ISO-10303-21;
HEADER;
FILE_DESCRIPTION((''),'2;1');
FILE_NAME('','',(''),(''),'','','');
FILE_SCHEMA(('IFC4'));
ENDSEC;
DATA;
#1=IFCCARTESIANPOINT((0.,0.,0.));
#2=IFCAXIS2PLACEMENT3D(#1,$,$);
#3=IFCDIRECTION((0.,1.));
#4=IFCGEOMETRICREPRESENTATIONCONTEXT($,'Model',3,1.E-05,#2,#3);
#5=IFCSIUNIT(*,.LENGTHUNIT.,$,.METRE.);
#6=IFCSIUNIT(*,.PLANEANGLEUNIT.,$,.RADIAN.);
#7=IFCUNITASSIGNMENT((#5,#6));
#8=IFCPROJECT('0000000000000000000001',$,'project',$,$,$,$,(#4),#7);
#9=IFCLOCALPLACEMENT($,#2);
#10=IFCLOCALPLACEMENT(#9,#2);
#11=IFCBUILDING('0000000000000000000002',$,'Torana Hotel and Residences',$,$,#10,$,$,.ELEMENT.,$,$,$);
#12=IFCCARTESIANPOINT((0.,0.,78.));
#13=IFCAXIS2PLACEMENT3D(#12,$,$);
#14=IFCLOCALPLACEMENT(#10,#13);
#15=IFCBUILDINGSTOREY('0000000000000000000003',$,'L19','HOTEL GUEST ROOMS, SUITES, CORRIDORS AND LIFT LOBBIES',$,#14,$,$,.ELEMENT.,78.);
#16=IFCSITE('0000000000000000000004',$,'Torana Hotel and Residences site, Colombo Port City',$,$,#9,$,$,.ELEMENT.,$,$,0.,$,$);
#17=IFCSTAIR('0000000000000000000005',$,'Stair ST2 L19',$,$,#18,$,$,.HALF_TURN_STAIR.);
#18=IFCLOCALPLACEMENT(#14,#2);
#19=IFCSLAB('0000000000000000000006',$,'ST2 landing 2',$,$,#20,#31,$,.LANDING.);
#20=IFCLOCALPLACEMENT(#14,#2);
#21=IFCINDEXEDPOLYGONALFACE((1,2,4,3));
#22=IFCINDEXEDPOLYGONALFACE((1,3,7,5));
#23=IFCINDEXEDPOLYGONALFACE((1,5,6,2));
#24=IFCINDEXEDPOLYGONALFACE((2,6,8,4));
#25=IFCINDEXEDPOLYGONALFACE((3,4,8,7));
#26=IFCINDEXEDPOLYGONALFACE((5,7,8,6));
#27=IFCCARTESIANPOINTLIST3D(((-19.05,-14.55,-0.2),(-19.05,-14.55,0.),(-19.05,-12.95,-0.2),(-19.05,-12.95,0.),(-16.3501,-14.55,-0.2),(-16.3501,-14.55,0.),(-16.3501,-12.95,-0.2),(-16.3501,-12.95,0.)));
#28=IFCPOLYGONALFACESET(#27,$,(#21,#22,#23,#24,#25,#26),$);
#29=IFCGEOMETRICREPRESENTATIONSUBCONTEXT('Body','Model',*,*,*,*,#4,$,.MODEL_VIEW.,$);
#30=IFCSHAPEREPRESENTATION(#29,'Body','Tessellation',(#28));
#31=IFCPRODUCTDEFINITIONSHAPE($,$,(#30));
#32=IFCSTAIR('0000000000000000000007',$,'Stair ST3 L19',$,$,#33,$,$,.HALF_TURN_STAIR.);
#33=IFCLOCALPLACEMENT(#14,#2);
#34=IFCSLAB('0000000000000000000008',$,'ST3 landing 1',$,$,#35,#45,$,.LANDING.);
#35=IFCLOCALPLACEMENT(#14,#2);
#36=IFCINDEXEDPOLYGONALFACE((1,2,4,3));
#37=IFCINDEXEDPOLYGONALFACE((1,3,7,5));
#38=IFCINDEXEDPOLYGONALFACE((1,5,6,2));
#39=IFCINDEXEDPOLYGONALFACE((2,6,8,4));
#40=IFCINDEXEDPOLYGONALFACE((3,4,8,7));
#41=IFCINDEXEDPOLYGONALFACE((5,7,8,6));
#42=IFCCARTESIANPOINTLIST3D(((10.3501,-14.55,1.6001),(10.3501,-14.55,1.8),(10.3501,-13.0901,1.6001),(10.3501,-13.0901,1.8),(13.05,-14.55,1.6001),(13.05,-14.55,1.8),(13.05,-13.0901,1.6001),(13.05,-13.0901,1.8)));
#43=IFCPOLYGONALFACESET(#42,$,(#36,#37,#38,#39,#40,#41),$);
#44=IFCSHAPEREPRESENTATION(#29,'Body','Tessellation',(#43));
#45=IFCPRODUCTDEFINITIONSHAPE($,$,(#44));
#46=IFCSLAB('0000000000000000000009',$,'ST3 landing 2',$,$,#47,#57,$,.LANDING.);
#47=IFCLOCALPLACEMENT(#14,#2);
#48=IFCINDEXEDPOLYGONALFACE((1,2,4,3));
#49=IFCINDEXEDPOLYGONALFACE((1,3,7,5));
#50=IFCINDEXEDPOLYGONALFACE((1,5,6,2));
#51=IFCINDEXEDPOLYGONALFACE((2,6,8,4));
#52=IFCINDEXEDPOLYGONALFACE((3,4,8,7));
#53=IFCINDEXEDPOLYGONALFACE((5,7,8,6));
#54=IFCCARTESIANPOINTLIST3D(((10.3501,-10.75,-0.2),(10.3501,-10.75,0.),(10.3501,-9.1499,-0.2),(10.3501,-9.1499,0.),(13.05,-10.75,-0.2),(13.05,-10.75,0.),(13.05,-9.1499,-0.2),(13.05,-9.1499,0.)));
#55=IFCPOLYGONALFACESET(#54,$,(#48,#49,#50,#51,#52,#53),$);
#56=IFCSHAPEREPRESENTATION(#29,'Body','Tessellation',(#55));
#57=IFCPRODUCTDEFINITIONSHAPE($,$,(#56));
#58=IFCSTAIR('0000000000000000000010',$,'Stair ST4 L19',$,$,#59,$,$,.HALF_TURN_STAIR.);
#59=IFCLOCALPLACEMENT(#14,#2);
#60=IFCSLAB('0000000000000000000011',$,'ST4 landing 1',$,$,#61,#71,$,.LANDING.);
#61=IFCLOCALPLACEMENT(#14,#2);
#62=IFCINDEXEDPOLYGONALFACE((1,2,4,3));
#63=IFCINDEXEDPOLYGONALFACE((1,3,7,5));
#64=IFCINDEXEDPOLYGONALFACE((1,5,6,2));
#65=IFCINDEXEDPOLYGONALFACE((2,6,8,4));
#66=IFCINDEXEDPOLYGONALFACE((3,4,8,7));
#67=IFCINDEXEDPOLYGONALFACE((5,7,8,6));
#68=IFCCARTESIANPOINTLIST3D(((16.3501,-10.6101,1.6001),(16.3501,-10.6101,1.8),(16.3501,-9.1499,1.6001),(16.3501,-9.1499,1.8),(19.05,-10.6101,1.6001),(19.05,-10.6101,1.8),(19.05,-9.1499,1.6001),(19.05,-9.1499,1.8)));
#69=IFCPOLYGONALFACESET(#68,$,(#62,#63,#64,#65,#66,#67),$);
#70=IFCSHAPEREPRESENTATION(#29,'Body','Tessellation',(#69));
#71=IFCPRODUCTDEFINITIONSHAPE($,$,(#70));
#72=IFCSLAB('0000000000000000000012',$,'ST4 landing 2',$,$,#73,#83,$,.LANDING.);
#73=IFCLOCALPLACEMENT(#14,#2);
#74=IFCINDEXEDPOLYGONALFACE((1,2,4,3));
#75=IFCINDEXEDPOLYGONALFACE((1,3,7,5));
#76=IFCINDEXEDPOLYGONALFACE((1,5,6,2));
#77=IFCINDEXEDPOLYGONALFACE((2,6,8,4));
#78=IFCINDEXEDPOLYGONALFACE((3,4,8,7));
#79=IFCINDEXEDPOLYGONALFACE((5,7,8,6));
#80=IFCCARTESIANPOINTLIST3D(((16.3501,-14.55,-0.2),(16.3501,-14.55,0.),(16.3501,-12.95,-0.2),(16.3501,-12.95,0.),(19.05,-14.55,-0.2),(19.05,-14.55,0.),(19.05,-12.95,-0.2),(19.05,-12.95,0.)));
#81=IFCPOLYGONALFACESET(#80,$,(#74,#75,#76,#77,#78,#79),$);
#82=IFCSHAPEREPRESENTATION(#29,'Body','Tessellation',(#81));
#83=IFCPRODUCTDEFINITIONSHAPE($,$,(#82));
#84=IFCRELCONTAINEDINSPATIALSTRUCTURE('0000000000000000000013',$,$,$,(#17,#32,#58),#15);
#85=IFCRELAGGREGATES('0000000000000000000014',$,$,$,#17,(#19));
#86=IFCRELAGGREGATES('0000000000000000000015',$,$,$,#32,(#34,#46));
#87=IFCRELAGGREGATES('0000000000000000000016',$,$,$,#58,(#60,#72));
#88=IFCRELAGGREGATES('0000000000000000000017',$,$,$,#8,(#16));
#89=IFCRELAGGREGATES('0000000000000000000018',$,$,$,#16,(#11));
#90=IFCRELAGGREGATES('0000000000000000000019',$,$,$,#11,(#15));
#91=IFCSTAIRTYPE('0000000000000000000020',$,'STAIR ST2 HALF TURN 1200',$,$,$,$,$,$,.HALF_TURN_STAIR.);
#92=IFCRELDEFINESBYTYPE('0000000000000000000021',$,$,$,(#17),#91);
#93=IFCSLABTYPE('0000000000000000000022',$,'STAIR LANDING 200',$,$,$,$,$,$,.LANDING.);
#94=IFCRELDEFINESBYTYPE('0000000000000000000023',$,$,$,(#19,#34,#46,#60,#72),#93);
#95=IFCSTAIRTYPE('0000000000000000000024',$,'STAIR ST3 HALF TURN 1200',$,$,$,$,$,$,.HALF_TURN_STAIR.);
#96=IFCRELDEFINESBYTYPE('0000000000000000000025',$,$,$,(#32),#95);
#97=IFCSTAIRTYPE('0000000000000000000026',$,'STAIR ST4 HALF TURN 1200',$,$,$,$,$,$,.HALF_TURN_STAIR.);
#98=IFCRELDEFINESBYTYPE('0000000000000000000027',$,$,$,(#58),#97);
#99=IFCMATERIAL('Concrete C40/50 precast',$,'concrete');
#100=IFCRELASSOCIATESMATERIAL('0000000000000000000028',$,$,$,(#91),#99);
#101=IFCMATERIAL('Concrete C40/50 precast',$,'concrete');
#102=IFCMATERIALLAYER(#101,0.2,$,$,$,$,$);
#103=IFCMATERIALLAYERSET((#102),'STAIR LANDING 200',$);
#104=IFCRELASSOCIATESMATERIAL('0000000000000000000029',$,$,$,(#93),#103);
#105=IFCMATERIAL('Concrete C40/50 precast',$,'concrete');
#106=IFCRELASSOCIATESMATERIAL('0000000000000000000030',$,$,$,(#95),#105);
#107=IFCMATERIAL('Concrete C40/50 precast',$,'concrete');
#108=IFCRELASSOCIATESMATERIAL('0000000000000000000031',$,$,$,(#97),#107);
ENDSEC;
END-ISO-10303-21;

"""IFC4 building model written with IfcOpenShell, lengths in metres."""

from ifc_helpers import new_model, si_unit, direction, frame, origin, place, context, subcontext, project, spatial, polyline, outline, extrude, material, layer, layer_set, type_object, element, aggregate, save


model = new_model("IFC4")

# Units and contexts
model_context = context("Model", 3, precision=1e-05, world=origin(), true_north=direction((0.0, 1.0)))
body_context = subcontext(model_context, "Body", "Model", "MODEL_VIEW")
ifc_project = project(units=[si_unit("LENGTHUNIT", "METRE"), si_unit("PLANEANGLEUNIT", "RADIAN")], contexts=[model_context])

# Site, building, storey
site_placement = place(None, origin())
site = spatial("IfcSite", under=ifc_project, at=site_placement, Name="Torana Hotel and Residences site, Colombo Port City", CompositionType="ELEMENT", RefElevation=0.0)
building_placement = place(site_placement, origin())
building = spatial("IfcBuilding", under=site, at=building_placement, Name="Torana Hotel and Residences", CompositionType="ELEMENT")
storey_placement = place(building_placement, frame((0.0, 0.0, 78.0)))
storey = spatial("IfcBuildingStorey", under=building, at=storey_placement, Name="L19", Description="HOTEL GUEST ROOMS, SUITES, CORRIDORS AND LIFT LOBBIES", CompositionType="ELEMENT", Elevation=78.0)

# Stair, slab
ifc_material_1 = material(Name="Concrete C40/50 precast", Category="concrete")
stair_type_1 = type_object("IfcStairType", Name="STAIR ST2 HALF TURN 1200", PredefinedType="HALF_TURN_STAIR", material=ifc_material_1)
stair_1_placement = place(storey_placement, origin())
stair_1 = element("IfcStair", 1, at=stair_1_placement, inside=storey, type_object=stair_type_1, Name="Stair ST2 L19", PredefinedType="HALF_TURN_STAIR")
ifc_material_2 = material(Name="Concrete C40/50 precast", Category="concrete")
ifc_layer_1 = layer(ifc_material_2, 0.2)
ifc_layer_set_1 = layer_set([ifc_layer_1], Name="STAIR LANDING 200")
slab_type = type_object("IfcSlabType", Name="STAIR LANDING 200", PredefinedType="LANDING", material=ifc_layer_set_1)
slab_1_placement = place(storey_placement, frame((0.0, 0.0, -0.2)))
slab_1 = element("IfcSlab", 2, at=slab_1_placement, type_object=slab_type, Name="ST2 landing 2", PredefinedType="LANDING", context=body_context, shape_type="SweptSolid", body=[
    extrude(outline(polyline([(-19.05, -14.55), (-16.3501, -14.55), (-16.3501, -12.95), (-19.05, -12.95), (-19.05, -14.55)])), origin(), (0.0, 0.0, 1.0), 0.2),
])
aggregate(stair_1, [slab_1])

# Stairs, slabs
ifc_material_3 = material(Name="Concrete C40/50 precast", Category="concrete")
stair_type_2 = type_object("IfcStairType", Name="STAIR ST3 HALF TURN 1200", PredefinedType="HALF_TURN_STAIR", material=ifc_material_3)
stair_2_placement = place(storey_placement, origin())
stair_2 = element("IfcStair", 3, at=stair_2_placement, inside=storey, type_object=stair_type_2, Name="Stair ST3 L19", PredefinedType="HALF_TURN_STAIR")
slab_2_placement = place(storey_placement, frame((0.0, 0.0, 1.6001)))
slab_2 = element("IfcSlab", 4, at=slab_2_placement, type_object=slab_type, Name="ST3 landing 1", PredefinedType="LANDING", context=body_context, shape_type="SweptSolid", body=[
    extrude(outline(polyline([(10.3501, -14.55), (13.05, -14.55), (13.05, -13.0901), (10.3501, -13.0901), (10.3501, -14.55)])), origin(), (0.0, 0.0, 1.0), 0.2),
])
slab_3_placement = place(storey_placement, frame((0.0, 0.0, -0.2)))
slab_3 = element("IfcSlab", 5, at=slab_3_placement, type_object=slab_type, Name="ST3 landing 2", PredefinedType="LANDING", context=body_context, shape_type="SweptSolid", body=[
    extrude(outline(polyline([(10.3501, -10.75), (13.05, -10.75), (13.05, -9.1499), (10.3501, -9.1499), (10.3501, -10.75)])), origin(), (0.0, 0.0, 1.0), 0.2),
])
aggregate(stair_2, [slab_2, slab_3])
ifc_material_4 = material(Name="Concrete C40/50 precast", Category="concrete")
stair_type_3 = type_object("IfcStairType", Name="STAIR ST4 HALF TURN 1200", PredefinedType="HALF_TURN_STAIR", material=ifc_material_4)
stair_3_placement = place(storey_placement, origin())
stair_3 = element("IfcStair", 6, at=stair_3_placement, inside=storey, type_object=stair_type_3, Name="Stair ST4 L19", PredefinedType="HALF_TURN_STAIR")
slab_4_placement = place(storey_placement, frame((0.0, 0.0, 1.6001)))
slab_4 = element("IfcSlab", 7, at=slab_4_placement, type_object=slab_type, Name="ST4 landing 1", PredefinedType="LANDING", context=body_context, shape_type="SweptSolid", body=[
    extrude(outline(polyline([(16.3501, -10.6101), (19.05, -10.6101), (19.05, -9.1499), (16.3501, -9.1499), (16.3501, -10.6101)])), origin(), (0.0, 0.0, 1.0), 0.2),
])
slab_5_placement = place(storey_placement, frame((0.0, 0.0, -0.2)))
slab_5 = element("IfcSlab", 8, at=slab_5_placement, type_object=slab_type, Name="ST4 landing 2", PredefinedType="LANDING", context=body_context, shape_type="SweptSolid", body=[
    extrude(outline(polyline([(16.3501, -14.55), (19.05, -14.55), (19.05, -12.95), (16.3501, -12.95), (16.3501, -14.55)])), origin(), (0.0, 0.0, 1.0), 0.2),
])
aggregate(stair_3, [slab_4, slab_5])

save(model, "model.ifc")
